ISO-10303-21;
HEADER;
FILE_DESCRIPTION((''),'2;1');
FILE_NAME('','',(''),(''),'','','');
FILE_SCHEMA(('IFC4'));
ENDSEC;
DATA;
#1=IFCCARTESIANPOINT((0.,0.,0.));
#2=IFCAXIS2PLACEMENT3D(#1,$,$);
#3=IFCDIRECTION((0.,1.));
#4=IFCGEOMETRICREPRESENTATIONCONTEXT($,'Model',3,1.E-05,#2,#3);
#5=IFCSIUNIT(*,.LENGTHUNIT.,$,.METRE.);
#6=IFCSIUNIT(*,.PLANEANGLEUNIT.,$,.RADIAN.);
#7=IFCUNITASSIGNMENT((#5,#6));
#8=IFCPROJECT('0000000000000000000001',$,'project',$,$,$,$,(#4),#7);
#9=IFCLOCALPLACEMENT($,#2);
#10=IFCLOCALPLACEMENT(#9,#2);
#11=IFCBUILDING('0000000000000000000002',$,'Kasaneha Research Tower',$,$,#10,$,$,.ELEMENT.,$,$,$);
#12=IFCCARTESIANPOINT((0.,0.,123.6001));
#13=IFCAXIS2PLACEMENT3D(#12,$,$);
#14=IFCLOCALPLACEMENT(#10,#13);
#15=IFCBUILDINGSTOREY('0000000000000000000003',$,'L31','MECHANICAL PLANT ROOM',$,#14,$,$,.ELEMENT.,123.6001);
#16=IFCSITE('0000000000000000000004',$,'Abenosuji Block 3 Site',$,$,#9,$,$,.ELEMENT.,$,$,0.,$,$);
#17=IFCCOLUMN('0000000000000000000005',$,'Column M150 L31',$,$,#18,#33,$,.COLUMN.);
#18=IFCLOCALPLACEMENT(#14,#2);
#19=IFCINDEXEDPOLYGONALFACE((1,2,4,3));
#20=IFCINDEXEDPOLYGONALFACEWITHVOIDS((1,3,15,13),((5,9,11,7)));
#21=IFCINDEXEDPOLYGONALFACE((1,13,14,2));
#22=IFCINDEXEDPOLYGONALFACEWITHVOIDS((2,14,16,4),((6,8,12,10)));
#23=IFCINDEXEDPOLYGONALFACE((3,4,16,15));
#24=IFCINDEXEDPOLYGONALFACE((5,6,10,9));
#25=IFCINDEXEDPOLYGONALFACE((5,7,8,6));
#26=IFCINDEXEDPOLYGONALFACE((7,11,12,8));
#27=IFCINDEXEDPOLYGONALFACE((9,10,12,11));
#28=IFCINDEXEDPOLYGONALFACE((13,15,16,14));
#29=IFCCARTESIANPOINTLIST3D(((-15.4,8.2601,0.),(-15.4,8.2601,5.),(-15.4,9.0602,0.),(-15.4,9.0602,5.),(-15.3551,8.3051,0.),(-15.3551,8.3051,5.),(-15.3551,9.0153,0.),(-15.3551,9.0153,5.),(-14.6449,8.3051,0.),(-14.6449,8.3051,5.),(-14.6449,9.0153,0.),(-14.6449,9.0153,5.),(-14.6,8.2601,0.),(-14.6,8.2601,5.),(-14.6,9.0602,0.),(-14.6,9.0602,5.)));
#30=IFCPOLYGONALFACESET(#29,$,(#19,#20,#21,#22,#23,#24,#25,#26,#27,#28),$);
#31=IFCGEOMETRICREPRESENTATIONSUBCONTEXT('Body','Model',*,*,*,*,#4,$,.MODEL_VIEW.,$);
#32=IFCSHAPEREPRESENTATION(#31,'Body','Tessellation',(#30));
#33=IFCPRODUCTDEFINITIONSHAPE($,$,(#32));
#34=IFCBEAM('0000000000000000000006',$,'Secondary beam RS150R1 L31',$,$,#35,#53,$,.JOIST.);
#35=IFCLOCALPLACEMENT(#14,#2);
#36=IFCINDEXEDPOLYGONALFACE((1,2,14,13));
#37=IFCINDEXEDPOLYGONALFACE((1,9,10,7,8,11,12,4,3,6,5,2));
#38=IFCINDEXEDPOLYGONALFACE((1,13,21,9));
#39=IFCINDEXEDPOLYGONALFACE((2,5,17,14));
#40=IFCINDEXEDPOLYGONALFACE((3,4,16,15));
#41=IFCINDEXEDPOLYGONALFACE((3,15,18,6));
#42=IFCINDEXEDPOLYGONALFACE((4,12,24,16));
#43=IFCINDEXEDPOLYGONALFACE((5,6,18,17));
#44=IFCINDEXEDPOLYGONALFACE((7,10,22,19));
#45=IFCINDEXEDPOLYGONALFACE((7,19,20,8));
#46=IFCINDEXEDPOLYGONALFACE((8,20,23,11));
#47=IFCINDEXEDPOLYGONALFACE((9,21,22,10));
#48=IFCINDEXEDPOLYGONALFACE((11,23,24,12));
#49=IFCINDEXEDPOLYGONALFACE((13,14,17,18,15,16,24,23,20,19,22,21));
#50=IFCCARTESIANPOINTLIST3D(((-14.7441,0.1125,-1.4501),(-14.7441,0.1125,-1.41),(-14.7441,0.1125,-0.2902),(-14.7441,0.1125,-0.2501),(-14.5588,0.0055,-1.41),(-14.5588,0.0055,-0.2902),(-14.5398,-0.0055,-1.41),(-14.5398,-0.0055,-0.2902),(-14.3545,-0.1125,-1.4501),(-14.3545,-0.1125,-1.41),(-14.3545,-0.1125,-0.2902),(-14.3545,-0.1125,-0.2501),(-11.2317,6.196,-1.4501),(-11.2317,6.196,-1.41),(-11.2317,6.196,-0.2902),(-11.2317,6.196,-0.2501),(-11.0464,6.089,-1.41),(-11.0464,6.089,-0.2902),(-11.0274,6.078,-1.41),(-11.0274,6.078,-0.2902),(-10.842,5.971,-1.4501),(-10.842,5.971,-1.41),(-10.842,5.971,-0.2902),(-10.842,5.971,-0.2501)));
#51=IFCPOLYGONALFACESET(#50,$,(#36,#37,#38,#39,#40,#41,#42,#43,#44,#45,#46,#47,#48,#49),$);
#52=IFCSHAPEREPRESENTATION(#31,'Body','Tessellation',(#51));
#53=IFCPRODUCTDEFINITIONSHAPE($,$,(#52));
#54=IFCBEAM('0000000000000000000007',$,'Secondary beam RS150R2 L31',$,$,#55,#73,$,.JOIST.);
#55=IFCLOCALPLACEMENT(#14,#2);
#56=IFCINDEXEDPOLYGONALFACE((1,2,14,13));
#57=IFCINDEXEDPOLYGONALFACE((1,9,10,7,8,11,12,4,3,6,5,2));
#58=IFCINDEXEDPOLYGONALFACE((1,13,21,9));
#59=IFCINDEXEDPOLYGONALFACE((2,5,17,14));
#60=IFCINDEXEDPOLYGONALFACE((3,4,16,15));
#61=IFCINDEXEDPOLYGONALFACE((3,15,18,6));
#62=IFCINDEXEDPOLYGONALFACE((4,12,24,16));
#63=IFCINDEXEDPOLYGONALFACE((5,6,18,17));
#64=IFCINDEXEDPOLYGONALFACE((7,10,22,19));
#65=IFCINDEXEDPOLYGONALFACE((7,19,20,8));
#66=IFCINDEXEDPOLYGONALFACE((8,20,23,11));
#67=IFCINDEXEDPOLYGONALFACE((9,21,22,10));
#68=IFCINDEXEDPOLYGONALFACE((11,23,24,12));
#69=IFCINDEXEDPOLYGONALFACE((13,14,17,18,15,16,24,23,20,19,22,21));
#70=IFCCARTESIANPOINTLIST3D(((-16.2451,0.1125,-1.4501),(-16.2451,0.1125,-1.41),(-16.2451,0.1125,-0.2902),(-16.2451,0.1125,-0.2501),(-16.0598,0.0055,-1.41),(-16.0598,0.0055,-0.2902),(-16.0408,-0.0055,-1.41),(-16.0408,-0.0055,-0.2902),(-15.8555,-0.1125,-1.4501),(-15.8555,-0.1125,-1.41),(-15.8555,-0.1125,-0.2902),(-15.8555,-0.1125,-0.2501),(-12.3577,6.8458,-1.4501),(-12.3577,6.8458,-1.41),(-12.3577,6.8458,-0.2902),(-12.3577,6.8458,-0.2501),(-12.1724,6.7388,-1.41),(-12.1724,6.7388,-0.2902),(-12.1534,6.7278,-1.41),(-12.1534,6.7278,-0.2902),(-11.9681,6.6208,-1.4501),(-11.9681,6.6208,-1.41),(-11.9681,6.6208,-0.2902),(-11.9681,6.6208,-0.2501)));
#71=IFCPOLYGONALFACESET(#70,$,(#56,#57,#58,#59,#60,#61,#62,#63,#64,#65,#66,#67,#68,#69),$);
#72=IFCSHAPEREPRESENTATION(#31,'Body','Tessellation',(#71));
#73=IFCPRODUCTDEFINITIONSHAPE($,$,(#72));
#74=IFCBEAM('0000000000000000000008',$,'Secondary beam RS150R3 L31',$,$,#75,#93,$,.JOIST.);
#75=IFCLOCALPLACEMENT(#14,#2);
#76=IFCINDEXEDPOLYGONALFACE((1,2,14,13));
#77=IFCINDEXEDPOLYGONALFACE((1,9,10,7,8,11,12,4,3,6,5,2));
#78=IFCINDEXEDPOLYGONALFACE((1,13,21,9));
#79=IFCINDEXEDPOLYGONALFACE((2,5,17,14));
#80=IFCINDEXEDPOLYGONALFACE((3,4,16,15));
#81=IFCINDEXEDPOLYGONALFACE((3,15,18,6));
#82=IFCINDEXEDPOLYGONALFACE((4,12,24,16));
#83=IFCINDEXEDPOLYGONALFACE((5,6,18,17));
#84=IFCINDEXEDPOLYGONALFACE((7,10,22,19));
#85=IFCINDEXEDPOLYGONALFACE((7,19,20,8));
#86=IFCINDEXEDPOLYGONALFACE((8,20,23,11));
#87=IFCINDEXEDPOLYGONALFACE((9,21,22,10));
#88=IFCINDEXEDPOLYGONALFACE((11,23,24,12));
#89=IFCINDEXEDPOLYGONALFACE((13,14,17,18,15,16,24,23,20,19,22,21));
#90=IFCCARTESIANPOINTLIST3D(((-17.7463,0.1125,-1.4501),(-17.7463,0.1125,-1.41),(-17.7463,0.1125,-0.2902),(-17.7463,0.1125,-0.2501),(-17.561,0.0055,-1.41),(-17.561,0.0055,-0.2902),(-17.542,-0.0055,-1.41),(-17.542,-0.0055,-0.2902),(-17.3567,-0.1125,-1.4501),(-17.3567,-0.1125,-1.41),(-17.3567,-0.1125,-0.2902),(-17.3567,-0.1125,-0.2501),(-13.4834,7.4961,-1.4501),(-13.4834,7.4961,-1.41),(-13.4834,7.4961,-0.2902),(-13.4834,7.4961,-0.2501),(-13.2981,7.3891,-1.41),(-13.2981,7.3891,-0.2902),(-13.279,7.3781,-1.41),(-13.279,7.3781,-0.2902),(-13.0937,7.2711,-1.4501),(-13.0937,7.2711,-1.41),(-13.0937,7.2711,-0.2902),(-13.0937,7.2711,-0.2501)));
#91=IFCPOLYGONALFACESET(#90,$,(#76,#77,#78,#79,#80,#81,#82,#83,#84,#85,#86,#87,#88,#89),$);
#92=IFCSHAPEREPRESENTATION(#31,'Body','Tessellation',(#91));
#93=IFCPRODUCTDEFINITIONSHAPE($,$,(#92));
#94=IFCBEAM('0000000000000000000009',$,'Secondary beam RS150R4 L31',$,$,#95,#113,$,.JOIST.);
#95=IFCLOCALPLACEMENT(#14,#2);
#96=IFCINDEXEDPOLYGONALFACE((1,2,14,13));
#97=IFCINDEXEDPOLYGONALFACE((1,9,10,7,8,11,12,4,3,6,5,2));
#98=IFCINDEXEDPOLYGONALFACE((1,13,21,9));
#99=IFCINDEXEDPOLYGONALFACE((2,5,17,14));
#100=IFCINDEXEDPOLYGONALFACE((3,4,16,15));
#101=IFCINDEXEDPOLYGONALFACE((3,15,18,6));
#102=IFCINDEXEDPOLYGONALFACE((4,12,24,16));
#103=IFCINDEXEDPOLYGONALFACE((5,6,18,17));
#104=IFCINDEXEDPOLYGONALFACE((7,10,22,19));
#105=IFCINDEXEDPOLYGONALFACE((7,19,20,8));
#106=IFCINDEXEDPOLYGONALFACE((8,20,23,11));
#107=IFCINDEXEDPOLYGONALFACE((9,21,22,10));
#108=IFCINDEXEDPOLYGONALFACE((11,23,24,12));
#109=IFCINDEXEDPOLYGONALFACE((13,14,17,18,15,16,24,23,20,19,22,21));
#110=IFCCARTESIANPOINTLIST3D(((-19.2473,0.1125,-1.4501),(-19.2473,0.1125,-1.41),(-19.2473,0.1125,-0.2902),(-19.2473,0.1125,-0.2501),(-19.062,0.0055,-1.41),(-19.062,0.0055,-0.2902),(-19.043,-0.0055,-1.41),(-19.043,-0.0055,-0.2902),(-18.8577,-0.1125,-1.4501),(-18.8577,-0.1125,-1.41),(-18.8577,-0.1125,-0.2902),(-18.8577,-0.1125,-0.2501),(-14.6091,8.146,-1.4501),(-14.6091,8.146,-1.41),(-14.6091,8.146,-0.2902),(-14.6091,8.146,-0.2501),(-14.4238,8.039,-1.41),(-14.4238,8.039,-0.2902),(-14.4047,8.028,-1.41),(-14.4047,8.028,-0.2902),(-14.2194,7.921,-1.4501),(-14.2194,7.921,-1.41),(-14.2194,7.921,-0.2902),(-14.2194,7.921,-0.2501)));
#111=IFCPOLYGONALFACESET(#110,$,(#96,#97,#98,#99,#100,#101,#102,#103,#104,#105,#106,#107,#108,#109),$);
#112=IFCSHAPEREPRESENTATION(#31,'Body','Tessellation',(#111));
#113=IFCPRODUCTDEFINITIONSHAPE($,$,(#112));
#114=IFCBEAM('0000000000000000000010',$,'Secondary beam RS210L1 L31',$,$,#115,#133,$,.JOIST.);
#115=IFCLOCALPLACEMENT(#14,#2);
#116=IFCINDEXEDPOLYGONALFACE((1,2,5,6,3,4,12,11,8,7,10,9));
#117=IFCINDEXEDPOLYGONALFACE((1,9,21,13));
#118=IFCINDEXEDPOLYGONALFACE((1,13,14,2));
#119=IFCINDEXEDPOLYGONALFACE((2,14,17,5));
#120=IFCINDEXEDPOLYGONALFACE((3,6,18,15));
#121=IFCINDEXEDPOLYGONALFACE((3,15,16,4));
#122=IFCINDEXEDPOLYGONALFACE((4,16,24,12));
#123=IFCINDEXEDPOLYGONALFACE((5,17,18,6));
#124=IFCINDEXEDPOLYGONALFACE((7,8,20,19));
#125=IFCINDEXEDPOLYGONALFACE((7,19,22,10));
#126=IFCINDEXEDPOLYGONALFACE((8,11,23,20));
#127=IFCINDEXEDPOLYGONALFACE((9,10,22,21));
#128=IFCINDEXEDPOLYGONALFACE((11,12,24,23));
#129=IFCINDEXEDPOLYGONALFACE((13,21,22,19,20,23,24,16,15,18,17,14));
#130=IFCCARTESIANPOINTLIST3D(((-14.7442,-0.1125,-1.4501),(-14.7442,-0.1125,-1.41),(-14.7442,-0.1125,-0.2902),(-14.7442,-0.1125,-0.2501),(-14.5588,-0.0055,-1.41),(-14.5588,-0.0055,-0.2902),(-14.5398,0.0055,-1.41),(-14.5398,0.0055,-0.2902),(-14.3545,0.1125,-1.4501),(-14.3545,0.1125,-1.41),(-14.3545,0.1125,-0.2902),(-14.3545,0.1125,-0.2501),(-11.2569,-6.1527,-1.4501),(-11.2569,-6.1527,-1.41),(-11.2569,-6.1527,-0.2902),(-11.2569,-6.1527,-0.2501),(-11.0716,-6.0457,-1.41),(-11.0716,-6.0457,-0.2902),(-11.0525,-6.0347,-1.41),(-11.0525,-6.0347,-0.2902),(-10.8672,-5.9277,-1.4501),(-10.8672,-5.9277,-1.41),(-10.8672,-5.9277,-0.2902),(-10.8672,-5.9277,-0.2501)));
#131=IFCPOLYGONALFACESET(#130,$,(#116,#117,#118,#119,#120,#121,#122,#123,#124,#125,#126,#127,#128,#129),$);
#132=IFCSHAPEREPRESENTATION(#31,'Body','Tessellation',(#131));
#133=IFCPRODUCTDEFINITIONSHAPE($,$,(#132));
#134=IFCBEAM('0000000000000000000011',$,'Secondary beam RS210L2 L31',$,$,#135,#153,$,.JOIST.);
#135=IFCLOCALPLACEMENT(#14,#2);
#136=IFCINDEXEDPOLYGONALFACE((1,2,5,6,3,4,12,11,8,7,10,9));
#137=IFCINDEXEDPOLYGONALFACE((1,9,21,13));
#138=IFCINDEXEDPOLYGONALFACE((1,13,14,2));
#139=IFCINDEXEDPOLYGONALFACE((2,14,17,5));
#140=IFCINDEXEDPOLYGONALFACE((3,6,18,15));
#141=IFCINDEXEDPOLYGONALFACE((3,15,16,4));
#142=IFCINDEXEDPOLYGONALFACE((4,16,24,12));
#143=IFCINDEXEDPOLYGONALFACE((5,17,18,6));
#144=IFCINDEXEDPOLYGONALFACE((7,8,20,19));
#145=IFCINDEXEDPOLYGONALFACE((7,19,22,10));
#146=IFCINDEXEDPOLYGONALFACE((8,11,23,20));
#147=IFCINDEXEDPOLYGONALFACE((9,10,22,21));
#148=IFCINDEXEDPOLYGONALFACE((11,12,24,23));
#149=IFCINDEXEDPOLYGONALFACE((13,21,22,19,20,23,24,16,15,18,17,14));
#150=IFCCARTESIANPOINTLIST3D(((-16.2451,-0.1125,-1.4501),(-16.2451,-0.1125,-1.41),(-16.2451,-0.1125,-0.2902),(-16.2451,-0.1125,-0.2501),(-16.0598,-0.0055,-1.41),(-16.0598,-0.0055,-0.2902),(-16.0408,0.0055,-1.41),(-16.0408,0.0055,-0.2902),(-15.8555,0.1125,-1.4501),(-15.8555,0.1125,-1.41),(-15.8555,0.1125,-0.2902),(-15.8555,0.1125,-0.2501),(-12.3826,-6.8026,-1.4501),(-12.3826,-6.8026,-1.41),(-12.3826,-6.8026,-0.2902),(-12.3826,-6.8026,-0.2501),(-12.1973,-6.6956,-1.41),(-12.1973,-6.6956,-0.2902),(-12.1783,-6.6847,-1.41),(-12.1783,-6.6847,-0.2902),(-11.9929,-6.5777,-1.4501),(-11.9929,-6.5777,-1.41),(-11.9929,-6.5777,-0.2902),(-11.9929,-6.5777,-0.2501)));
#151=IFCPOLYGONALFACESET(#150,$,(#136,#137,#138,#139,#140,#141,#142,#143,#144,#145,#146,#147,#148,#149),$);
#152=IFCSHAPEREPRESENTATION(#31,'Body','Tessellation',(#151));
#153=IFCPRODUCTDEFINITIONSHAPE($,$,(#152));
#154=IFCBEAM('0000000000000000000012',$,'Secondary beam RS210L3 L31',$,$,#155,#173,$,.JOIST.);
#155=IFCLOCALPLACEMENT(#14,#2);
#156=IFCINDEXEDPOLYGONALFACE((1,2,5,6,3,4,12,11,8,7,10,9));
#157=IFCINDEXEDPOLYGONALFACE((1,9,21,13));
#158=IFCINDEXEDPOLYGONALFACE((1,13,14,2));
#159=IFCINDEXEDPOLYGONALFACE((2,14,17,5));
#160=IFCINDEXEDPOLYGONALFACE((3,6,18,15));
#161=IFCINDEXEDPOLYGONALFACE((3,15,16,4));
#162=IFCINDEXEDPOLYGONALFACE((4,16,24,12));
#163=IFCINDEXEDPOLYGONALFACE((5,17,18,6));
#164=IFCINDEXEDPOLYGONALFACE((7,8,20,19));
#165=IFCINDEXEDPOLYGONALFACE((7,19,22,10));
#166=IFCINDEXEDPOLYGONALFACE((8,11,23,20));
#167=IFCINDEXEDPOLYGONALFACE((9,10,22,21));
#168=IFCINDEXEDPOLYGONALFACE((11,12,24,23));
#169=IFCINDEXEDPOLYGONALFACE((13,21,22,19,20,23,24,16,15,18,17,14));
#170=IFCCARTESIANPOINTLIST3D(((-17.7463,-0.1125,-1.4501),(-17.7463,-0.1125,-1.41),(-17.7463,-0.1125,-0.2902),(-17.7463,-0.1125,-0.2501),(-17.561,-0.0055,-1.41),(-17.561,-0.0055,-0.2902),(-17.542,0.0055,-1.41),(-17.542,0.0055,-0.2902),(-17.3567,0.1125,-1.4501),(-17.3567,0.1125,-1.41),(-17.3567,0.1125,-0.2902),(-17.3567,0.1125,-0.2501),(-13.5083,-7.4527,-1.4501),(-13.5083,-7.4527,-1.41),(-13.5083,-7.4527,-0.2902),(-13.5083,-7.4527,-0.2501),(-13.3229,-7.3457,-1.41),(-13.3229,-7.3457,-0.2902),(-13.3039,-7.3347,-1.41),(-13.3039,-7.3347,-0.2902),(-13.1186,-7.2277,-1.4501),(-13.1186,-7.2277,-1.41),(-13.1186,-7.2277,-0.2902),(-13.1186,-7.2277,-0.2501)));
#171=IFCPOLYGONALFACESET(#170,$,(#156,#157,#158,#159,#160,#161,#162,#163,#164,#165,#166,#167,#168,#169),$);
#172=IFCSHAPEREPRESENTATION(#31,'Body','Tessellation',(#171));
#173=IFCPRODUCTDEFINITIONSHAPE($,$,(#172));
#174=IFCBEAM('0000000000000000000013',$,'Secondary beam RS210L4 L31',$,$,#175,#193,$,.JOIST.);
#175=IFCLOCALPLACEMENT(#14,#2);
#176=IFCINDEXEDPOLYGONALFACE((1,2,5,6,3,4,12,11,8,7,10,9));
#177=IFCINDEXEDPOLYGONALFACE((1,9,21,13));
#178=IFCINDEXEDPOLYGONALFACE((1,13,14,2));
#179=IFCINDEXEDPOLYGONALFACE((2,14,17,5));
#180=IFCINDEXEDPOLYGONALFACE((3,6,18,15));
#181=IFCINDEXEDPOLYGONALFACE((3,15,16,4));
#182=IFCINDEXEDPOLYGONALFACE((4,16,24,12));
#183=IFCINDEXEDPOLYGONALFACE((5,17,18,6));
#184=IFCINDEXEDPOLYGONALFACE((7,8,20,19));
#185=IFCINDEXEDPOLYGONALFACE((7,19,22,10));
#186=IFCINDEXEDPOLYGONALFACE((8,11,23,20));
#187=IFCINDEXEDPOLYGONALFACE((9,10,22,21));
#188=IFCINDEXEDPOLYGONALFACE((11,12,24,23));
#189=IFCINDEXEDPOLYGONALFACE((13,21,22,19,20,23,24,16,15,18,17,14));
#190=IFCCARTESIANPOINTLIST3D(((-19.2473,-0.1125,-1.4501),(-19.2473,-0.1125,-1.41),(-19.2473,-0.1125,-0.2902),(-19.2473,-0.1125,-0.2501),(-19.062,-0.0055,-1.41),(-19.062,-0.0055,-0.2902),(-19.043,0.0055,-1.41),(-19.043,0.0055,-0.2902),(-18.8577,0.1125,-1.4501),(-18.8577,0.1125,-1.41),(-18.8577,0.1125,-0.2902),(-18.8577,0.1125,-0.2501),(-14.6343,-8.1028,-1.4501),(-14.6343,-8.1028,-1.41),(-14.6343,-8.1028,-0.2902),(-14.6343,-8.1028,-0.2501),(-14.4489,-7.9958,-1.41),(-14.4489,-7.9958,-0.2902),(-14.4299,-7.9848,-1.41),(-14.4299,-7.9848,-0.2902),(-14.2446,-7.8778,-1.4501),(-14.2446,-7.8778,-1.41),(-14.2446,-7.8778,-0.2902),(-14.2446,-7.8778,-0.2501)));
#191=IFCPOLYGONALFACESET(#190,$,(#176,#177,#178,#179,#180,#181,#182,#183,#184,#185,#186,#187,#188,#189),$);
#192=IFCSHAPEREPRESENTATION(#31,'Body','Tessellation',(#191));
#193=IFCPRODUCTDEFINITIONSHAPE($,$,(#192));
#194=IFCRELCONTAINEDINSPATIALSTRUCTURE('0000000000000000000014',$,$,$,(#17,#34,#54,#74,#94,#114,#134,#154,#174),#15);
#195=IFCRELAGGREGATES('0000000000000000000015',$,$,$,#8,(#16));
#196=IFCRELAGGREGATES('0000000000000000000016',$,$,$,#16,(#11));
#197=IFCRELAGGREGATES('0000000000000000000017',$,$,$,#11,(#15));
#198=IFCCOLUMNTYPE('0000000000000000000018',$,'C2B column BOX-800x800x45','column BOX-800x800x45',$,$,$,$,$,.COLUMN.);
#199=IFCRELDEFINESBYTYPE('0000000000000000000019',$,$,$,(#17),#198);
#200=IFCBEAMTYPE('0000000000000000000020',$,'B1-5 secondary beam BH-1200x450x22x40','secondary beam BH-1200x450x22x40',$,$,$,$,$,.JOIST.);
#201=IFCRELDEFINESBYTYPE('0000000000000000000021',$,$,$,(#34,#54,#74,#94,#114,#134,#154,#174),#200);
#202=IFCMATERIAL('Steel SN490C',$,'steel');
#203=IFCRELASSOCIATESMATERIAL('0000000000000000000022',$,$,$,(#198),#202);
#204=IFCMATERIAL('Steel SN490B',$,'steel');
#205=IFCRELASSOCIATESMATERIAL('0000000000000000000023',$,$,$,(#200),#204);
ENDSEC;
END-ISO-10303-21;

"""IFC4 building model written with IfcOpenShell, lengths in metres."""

from ifc_helpers import new_model, si_unit, direction, frame, origin, origin_2d, place, context, subcontext, project, spatial, hollow_rectangle, i_section, extrude, material, material_profile, profile_set, type_object, element, save


model = new_model("IFC4")

# Units and contexts
model_context = context("Model", 3, precision=1e-05, world=origin(), true_north=direction((0.0, 1.0)))
body_context = subcontext(model_context, "Body", "Model", "MODEL_VIEW")
ifc_project = project(units=[si_unit("LENGTHUNIT", "METRE"), si_unit("PLANEANGLEUNIT", "RADIAN")], contexts=[model_context])

# Site, building, storey
site_placement = place(None, origin())
site = spatial("IfcSite", under=ifc_project, at=site_placement, Name="Abenosuji Block 3 Site", CompositionType="ELEMENT", RefElevation=0.0)
building_placement = place(site_placement, origin())
building = spatial("IfcBuilding", under=site, at=building_placement, Name="Kasaneha Research Tower", CompositionType="ELEMENT")
storey_placement = place(building_placement, frame((0.0, 0.0, 123.6001)))
storey = spatial("IfcBuildingStorey", under=building, at=storey_placement, Name="L31", Description="MECHANICAL PLANT ROOM", CompositionType="ELEMENT", Elevation=123.6001)

# Column
ifc_material_1 = material(Name="Steel SN490C", Category="steel")
ifc_material_profile_1 = material_profile(ifc_material_1, hollow_rectangle(XDim=0.8, YDim=0.8, WallThickness=0.0449, at=origin_2d()), Name="BOX-800x800x45")
ifc_profile_set_1 = profile_set([ifc_material_profile_1], Name="Steel SN490C")
column_type = type_object("IfcColumnType", Name="C2B column BOX-800x800x45", Description="column BOX-800x800x45", PredefinedType="COLUMN", material=ifc_profile_set_1)
column_placement = place(storey_placement, frame((-15.0, 8.6602, 0.0), z_axis=(0.0, 0.0, 1.0), x_axis=(1.0, 0.0, 0.0)))
element("IfcColumn", 1, at=column_placement, inside=storey, type_object=column_type, Name="Column M150 L31", PredefinedType="COLUMN", context=body_context, shape_type="SweptSolid", body=[
    extrude(hollow_rectangle(XDim=0.8, YDim=0.8, WallThickness=0.0449, at=origin_2d()), origin(), (0.0, 0.0, 1.0), 5.0),
])

# Beams
ifc_material_2 = material(Name="Steel SN490B", Category="steel")
ifc_material_profile_2 = material_profile(ifc_material_2, i_section(OverallWidth=0.45, OverallDepth=1.2, WebThickness=0.022, FlangeThickness=0.04, at=origin_2d()), Name="BH-1200x450x22x40")
ifc_profile_set_2 = profile_set([ifc_material_profile_2], Name="Steel SN490B")
beam_type_1 = type_object("IfcBeamType", Name="B1-5 secondary beam BH-1200x450x22x40", Description="secondary beam BH-1200x450x22x40", PredefinedType="JOIST", material=ifc_profile_set_2)
beam_1_placement = place(storey_placement, frame((-14.5493, 0.0, -0.8501), z_axis=(0.500015, 0.866017, 0.0), x_axis=(-0.866017, 0.500015, 0.0)))
element("IfcBeam", 2, at=beam_1_placement, inside=storey, type_object=beam_type_1, Name="Secondary beam RS150R1 L31", PredefinedType="JOIST", context=body_context, shape_type="SweptSolid", body=[
    extrude(i_section(OverallWidth=0.45, OverallDepth=1.2, WebThickness=0.022, FlangeThickness=0.04, at=origin_2d()), origin(), (0.0, 0.0, 1.0), 7.0247),
])
beam_2_placement = place(storey_placement, frame((-16.0503, 0.0, -0.8501), z_axis=(0.499992, 0.86603, 0.0), x_axis=(-0.86603, 0.499992, 0.0)))
element("IfcBeam", 3, at=beam_2_placement, inside=storey, type_object=beam_type_1, Name="Secondary beam RS150R2 L31", PredefinedType="JOIST", context=body_context, shape_type="SweptSolid", body=[
    extrude(i_section(OverallWidth=0.45, OverallDepth=1.2, WebThickness=0.022, FlangeThickness=0.04, at=origin_2d()), origin(), (0.0, 0.0, 1.0), 7.7749),
])
beam_3_placement = place(storey_placement, frame((-17.5515, 0.0, -0.8501), z_axis=(0.500004, 0.866023, 0.0), x_axis=(-0.866023, 0.500004, 0.0)))
element("IfcBeam", 4, at=beam_3_placement, inside=storey, type_object=beam_type_1, Name="Secondary beam RS150R3 L31", PredefinedType="JOIST", context=body_context, shape_type="SweptSolid", body=[
    extrude(i_section(OverallWidth=0.45, OverallDepth=1.2, WebThickness=0.022, FlangeThickness=0.04, at=origin_2d()), origin(), (0.0, 0.0, 1.0), 8.5259),
])
beam_4_placement = place(storey_placement, frame((-19.0525, 0.0, -0.8501), z_axis=(0.500006, 0.866022, 0.0), x_axis=(-0.866022, 0.500006, 0.0)))
element("IfcBeam", 5, at=beam_4_placement, inside=storey, type_object=beam_type_1, Name="Secondary beam RS150R4 L31", PredefinedType="JOIST", context=body_context, shape_type="SweptSolid", body=[
    extrude(i_section(OverallWidth=0.45, OverallDepth=1.2, WebThickness=0.022, FlangeThickness=0.04, at=origin_2d()), origin(), (0.0, 0.0, 1.0), 9.2764),
])
beam_5_placement = place(storey_placement, frame((-14.5493, 0.0, -0.8501), z_axis=(0.499994, -0.866029, 0.0), x_axis=(0.866029, 0.499994, 0.0)))
element("IfcBeam", 6, at=beam_5_placement, inside=storey, type_object=beam_type_1, Name="Secondary beam RS210L1 L31", PredefinedType="JOIST", context=body_context, shape_type="SweptSolid", body=[
    extrude(i_section(OverallWidth=0.45, OverallDepth=1.2, WebThickness=0.022, FlangeThickness=0.04, at=origin_2d()), origin(), (0.0, 0.0, 1.0), 6.9746),
])
beam_6_placement = place(storey_placement, frame((-16.0503, 0.0, -0.8501), z_axis=(0.499997, -0.866027, 0.0), x_axis=(0.866027, 0.499997, 0.0)))
element("IfcBeam", 7, at=beam_6_placement, inside=storey, type_object=beam_type_1, Name="Secondary beam RS210L2 L31", PredefinedType="JOIST", context=body_context, shape_type="SweptSolid", body=[
    extrude(i_section(OverallWidth=0.45, OverallDepth=1.2, WebThickness=0.022, FlangeThickness=0.04, at=origin_2d()), origin(), (0.0, 0.0, 1.0), 7.7251),
])
beam_7_placement = place(storey_placement, frame((-17.5515, 0.0, -0.8501), z_axis=(0.500021, -0.866013, 0.0), x_axis=(0.866013, 0.500021, 0.0)))
element("IfcBeam", 8, at=beam_7_placement, inside=storey, type_object=beam_type_1, Name="Secondary beam RS210L3 L31", PredefinedType="JOIST", context=body_context, shape_type="SweptSolid", body=[
    extrude(i_section(OverallWidth=0.45, OverallDepth=1.2, WebThickness=0.022, FlangeThickness=0.04, at=origin_2d()), origin(), (0.0, 0.0, 1.0), 8.4758),
])
beam_8_placement = place(storey_placement, frame((-19.0525, 0.0, -0.8501), z_axis=(0.49999, -0.866031, 0.0), x_axis=(0.866031, 0.49999, 0.0)))
element("IfcBeam", 9, at=beam_8_placement, inside=storey, type_object=beam_type_1, Name="Secondary beam RS210L4 L31", PredefinedType="JOIST", context=body_context, shape_type="SweptSolid", body=[
    extrude(i_section(OverallWidth=0.45, OverallDepth=1.2, WebThickness=0.022, FlangeThickness=0.04, at=origin_2d()), origin(), (0.0, 0.0, 1.0), 9.2263),
])

save(model, "model.ifc")
